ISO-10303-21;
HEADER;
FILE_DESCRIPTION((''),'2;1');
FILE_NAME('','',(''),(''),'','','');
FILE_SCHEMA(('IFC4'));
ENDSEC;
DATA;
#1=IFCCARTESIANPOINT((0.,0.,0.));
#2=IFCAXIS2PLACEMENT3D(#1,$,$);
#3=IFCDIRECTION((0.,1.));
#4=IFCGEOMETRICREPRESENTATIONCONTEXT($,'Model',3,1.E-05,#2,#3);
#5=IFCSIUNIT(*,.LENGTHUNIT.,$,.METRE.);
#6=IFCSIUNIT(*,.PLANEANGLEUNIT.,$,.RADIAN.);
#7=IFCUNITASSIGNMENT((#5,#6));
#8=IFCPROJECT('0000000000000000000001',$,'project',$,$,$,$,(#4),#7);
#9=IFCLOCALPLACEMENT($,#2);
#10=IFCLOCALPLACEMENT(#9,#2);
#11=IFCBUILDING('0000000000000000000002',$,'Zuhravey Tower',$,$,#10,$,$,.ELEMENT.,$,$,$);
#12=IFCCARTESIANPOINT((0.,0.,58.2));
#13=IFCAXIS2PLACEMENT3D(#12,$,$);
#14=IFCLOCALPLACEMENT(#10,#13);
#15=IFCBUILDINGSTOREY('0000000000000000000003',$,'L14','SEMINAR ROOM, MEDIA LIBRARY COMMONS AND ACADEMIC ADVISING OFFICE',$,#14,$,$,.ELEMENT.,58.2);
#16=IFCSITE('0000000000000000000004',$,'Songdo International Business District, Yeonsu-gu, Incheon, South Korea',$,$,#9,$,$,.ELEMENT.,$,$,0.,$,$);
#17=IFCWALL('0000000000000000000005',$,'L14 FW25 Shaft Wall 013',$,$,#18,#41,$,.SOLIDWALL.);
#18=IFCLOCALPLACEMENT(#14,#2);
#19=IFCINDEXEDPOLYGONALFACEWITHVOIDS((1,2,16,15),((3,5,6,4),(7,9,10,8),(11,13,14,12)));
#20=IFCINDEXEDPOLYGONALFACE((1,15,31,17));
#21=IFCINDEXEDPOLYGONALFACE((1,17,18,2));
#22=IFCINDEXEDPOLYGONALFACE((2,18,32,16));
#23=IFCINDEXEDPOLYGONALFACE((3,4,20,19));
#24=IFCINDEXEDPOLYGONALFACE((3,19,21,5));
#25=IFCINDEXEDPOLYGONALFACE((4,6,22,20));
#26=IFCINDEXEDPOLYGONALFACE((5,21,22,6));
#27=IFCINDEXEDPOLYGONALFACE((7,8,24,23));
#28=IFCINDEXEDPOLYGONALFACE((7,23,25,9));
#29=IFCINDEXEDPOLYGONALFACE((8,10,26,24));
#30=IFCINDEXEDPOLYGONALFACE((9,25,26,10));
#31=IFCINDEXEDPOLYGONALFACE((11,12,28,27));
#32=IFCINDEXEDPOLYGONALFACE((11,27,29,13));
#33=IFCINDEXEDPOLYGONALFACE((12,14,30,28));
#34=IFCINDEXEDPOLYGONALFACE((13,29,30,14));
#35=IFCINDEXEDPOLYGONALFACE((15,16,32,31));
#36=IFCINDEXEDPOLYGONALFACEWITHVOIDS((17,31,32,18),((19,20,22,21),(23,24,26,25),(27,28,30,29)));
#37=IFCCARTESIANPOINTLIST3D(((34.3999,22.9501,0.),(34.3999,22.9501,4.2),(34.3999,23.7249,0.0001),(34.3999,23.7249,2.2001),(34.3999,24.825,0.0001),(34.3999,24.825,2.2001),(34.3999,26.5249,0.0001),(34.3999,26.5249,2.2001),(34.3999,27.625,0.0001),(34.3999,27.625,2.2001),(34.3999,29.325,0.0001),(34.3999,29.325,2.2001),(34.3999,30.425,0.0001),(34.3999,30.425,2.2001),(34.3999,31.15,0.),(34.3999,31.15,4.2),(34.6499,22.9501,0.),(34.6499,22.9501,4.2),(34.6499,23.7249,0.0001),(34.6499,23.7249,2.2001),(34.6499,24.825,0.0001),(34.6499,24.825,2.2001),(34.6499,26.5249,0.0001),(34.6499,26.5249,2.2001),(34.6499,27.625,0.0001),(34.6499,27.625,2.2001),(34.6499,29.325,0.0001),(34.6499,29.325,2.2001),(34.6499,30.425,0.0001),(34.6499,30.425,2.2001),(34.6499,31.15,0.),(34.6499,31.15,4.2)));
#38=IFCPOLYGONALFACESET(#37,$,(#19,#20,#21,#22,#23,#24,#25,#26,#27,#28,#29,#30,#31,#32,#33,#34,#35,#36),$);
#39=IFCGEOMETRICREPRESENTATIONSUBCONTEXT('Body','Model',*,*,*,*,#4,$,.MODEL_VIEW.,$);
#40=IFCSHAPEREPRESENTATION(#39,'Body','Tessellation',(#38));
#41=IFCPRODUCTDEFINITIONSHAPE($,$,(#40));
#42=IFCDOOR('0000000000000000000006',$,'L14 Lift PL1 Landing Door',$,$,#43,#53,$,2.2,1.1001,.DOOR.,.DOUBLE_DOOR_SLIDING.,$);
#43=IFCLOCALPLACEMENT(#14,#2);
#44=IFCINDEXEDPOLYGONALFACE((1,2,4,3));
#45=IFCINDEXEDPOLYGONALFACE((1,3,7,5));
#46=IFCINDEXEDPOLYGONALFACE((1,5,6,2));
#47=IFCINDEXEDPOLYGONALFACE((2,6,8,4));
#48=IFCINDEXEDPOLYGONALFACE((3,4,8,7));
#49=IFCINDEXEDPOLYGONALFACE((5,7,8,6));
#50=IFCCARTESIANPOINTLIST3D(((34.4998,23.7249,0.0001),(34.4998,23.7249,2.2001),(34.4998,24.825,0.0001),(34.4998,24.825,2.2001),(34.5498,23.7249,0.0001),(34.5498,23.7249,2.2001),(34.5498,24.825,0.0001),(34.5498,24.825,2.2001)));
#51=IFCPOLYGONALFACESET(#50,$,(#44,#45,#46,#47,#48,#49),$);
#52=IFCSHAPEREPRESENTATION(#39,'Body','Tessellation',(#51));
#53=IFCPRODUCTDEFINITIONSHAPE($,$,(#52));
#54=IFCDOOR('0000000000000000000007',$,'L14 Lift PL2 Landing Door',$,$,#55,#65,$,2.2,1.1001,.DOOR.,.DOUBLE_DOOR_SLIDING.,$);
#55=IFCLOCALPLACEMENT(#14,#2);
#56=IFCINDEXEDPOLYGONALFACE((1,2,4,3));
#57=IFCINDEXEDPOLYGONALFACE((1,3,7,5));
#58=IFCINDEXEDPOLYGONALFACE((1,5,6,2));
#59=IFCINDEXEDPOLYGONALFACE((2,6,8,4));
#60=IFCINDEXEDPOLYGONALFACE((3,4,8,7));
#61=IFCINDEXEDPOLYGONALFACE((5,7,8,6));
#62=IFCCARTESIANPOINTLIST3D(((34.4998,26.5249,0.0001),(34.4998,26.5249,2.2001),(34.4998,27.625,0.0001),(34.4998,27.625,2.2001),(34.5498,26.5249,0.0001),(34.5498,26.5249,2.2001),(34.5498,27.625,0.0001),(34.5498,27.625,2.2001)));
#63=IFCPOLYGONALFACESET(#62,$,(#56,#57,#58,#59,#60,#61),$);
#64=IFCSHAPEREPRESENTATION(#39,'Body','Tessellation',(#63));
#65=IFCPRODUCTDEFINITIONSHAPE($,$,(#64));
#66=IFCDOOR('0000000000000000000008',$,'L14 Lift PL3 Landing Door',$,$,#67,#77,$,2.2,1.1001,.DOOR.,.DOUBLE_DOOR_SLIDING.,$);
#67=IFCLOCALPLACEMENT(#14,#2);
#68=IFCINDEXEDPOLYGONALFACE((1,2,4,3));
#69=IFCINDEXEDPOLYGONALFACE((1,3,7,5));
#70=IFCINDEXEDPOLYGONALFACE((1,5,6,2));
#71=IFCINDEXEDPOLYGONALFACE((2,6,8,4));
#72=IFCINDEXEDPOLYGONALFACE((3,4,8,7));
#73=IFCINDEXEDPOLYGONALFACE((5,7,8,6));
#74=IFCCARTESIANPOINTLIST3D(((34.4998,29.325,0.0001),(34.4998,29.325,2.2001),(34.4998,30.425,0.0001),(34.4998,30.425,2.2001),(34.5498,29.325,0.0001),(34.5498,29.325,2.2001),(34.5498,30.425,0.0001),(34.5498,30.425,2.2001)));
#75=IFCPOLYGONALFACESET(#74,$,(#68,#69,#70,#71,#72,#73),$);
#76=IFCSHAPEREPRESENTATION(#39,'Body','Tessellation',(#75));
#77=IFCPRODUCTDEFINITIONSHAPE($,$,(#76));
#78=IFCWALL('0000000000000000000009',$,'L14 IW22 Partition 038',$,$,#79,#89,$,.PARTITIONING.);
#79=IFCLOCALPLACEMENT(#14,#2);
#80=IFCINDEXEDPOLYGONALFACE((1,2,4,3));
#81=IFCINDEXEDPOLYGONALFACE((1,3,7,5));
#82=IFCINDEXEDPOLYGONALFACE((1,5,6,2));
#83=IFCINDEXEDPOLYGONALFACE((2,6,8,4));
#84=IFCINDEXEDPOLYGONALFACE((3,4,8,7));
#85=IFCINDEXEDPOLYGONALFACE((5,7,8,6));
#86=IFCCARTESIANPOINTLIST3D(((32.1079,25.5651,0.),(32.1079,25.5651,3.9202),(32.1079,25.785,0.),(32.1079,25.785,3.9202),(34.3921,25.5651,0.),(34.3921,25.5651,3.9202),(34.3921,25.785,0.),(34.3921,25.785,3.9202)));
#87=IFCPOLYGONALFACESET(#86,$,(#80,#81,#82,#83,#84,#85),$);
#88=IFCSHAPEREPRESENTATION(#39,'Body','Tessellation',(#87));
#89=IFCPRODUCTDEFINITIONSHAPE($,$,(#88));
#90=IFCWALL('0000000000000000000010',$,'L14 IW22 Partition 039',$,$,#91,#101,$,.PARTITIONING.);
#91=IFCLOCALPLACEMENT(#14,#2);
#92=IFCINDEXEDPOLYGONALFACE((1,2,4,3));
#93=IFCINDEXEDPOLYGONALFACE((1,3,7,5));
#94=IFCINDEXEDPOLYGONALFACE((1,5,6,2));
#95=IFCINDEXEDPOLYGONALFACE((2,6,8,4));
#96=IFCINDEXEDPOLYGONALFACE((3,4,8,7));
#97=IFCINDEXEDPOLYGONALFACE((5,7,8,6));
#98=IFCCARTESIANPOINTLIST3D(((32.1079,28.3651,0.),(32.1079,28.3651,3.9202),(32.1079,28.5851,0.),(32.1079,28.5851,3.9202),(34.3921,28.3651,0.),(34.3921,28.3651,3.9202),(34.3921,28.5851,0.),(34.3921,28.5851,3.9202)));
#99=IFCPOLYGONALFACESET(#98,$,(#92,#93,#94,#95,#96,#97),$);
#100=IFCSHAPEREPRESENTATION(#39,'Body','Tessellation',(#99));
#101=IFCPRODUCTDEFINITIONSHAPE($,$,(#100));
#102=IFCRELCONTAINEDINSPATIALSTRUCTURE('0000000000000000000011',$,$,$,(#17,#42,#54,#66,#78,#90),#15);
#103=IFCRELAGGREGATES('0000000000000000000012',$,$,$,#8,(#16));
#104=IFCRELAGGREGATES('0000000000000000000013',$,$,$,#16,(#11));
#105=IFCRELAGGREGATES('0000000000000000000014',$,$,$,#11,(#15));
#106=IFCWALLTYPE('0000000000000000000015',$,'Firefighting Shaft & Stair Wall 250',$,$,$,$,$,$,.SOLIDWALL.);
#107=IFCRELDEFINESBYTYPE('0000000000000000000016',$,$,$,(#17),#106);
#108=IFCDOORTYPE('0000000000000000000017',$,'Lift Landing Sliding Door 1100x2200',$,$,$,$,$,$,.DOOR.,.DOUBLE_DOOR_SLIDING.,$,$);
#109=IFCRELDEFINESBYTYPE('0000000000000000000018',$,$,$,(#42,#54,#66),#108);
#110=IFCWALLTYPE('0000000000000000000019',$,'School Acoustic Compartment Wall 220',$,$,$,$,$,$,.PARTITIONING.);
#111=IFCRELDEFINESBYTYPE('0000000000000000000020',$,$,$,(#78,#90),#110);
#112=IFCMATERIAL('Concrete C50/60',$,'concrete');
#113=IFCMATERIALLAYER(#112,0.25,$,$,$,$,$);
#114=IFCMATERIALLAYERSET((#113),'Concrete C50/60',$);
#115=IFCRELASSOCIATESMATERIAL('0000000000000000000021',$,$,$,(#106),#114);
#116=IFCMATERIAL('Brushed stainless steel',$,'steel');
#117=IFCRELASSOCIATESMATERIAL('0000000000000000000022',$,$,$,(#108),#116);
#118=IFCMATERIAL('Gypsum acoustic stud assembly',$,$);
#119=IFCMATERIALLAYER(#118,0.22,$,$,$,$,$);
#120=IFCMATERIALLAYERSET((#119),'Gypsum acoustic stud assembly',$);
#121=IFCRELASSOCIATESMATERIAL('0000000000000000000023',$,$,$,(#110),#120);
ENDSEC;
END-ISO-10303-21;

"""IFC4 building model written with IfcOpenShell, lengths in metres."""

from ifc_helpers import new_model, si_unit, direction, frame, frame_2d, origin, place, context, subcontext, project, spatial, rectangle, extrude, material, layer, layer_set, type_object, element, fill, save


model = new_model("IFC4")

# Units and contexts
model_context = context("Model", 3, precision=1e-05, world=origin(), true_north=direction((0.0, 1.0)))
body_context = subcontext(model_context, "Body", "Model", "MODEL_VIEW")
ifc_project = project(units=[si_unit("LENGTHUNIT", "METRE"), si_unit("PLANEANGLEUNIT", "RADIAN")], contexts=[model_context])

# Site, building, storey
site_placement = place(None, origin())
site = spatial("IfcSite", under=ifc_project, at=site_placement, Name="Songdo International Business District, Yeonsu-gu, Incheon, South Korea", CompositionType="ELEMENT", RefElevation=0.0)
building_placement = place(site_placement, origin())
building = spatial("IfcBuilding", under=site, at=building_placement, Name="Zuhravey Tower", CompositionType="ELEMENT")
storey_placement = place(building_placement, frame((0.0, 0.0, 58.2)))
storey = spatial("IfcBuildingStorey", under=building, at=storey_placement, Name="L14", Description="SEMINAR ROOM, MEDIA LIBRARY COMMONS AND ACADEMIC ADVISING OFFICE", CompositionType="ELEMENT", Elevation=58.2)

# Shared definitions
ifc_material_1 = material(Name="Concrete C50/60", Category="concrete")
ifc_layer_1 = layer(ifc_material_1, 0.25)
ifc_layer_set_1 = layer_set([ifc_layer_1], Name="Concrete C50/60")
wall_type_1 = type_object("IfcWallType", Name="Firefighting Shaft & Stair Wall 250", PredefinedType="SOLIDWALL", material=ifc_layer_set_1)

# Shared definitions
ifc_material_2 = material(Name="Brushed stainless steel", Category="steel")

# Wall, openings, doors
wall_1_placement = place(storey_placement, frame((34.5249, 22.95, 0.0), z_axis=(0.0, 0.0, 1.0), x_axis=(0.0, 1.0, 0.0)))
wall_1 = element("IfcWall", 1, at=wall_1_placement, inside=storey, type_object=wall_type_1, Name="L14 FW25 Shaft Wall 013", PredefinedType="SOLIDWALL", context=body_context, shape_type="SweptSolid", body=[
    extrude(rectangle(XDim=8.2, YDim=0.25, at=frame_2d((4.1001, 0.0))), origin(), (0.0, 0.0, 1.0), 4.2),
])
opening_1_placement = place(wall_1_placement, frame((0.7749, 0.0, 0.0)))
opening_1 = element("IfcOpeningElement", 2, at=opening_1_placement, cuts=wall_1, PredefinedType="OPENING", context=body_context, shape_type="SweptSolid", body=[
    extrude(rectangle(XDim=1.1001, YDim=2.2, at=frame_2d((0.55, 1.1001))), frame((0.0, 0.137, 0.0), z_axis=(0.0, -1.0, 0.0), x_axis=(1.0, 0.0, 0.0)), (0.0, 0.0, 1.0), 0.2739),
])
opening_2_placement = place(wall_1_placement, frame((3.575, 0.0, 0.0)))
opening_2 = element("IfcOpeningElement", 3, at=opening_2_placement, cuts=wall_1, PredefinedType="OPENING", context=body_context, shape_type="SweptSolid", body=[
    extrude(rectangle(XDim=1.1001, YDim=2.2, at=frame_2d((0.55, 1.1001))), frame((0.0, 0.137, 0.0), z_axis=(0.0, -1.0, 0.0), x_axis=(1.0, 0.0, 0.0)), (0.0, 0.0, 1.0), 0.2739),
])
opening_3_placement = place(wall_1_placement, frame((6.375, 0.0, 0.0)))
opening_3 = element("IfcOpeningElement", 4, at=opening_3_placement, cuts=wall_1, PredefinedType="OPENING", context=body_context, shape_type="SweptSolid", body=[
    extrude(rectangle(XDim=1.1001, YDim=2.2, at=frame_2d((0.55, 1.1001))), frame((0.0, 0.137, 0.0), z_axis=(0.0, -1.0, 0.0), x_axis=(1.0, 0.0, 0.0)), (0.0, 0.0, 1.0), 0.2739),
])
door_type_1 = type_object("IfcDoorType", Name="Lift Landing Sliding Door 1100x2200", OperationType="DOUBLE_DOOR_SLIDING", PredefinedType="DOOR", material=ifc_material_2)
door_1_placement = place(opening_1_placement, frame((1.1001, 0.0, 0.0), z_axis=(0.0, 0.0, 1.0), x_axis=(-1.0, 0.0, 0.0)))
door_1 = element("IfcDoor", 5, at=door_1_placement, inside=storey, type_object=door_type_1, Name="L14 Lift PL1 Landing Door", OperationType="DOUBLE_DOOR_SLIDING", OverallHeight=2.2, OverallWidth=1.1001, PredefinedType="DOOR", context=body_context, shape_type="SweptSolid", body=[
    extrude(rectangle(XDim=1.1001, YDim=2.2, at=frame_2d((0.55, 1.1001))), frame((0.0, 0.0249, 0.0), z_axis=(0.0, -1.0, 0.0), x_axis=(1.0, 0.0, 0.0)), (0.0, 0.0, 1.0), 0.05),
])
fill(opening_1, door_1)
door_2_placement = place(opening_2_placement, frame((1.1001, 0.0, 0.0), z_axis=(0.0, 0.0, 1.0), x_axis=(-1.0, 0.0, 0.0)))
door_2 = element("IfcDoor", 6, at=door_2_placement, inside=storey, type_object=door_type_1, Name="L14 Lift PL2 Landing Door", OperationType="DOUBLE_DOOR_SLIDING", OverallHeight=2.2, OverallWidth=1.1001, PredefinedType="DOOR", context=body_context, shape_type="SweptSolid", body=[
    extrude(rectangle(XDim=1.1001, YDim=2.2, at=frame_2d((0.55, 1.1001))), frame((0.0, 0.0249, 0.0), z_axis=(0.0, -1.0, 0.0), x_axis=(1.0, 0.0, 0.0)), (0.0, 0.0, 1.0), 0.05),
])
fill(opening_2, door_2)
door_3_placement = place(opening_3_placement, frame((1.1001, 0.0, 0.0), z_axis=(0.0, 0.0, 1.0), x_axis=(-1.0, 0.0, 0.0)))
door_3 = element("IfcDoor", 7, at=door_3_placement, inside=storey, type_object=door_type_1, Name="L14 Lift PL3 Landing Door", OperationType="DOUBLE_DOOR_SLIDING", OverallHeight=2.2, OverallWidth=1.1001, PredefinedType="DOOR", context=body_context, shape_type="SweptSolid", body=[
    extrude(rectangle(XDim=1.1001, YDim=2.2, at=frame_2d((0.55, 1.1001))), frame((0.0, 0.0249, 0.0), z_axis=(0.0, -1.0, 0.0), x_axis=(1.0, 0.0, 0.0)), (0.0, 0.0, 1.0), 0.05),
])
fill(opening_3, door_3)

# Walls
ifc_material_3 = material(Name="Gypsum acoustic stud assembly")
ifc_layer_2 = layer(ifc_material_3, 0.22)
ifc_layer_set_2 = layer_set([ifc_layer_2], Name="Gypsum acoustic stud assembly")
wall_type_2 = type_object("IfcWallType", Name="School Acoustic Compartment Wall 220", PredefinedType="PARTITIONING", material=ifc_layer_set_2)
for number, where, z_axis, x_axis, name in (
    (8, (32.1079, 25.675, 0.0), (0.0, 0.0, 1.0), (1.0, 0.0, 0.0), "L14 IW22 Partition 038"),
    (9, (32.1079, 28.4751, 0.0), (0.0, 0.0, 1.0), (1.0, 0.0, 0.0), "L14 IW22 Partition 039"),
):
    element("IfcWall", number, at=place(storey_placement, frame(where, z_axis=z_axis, x_axis=x_axis)), inside=storey, type_object=wall_type_2, Name=name, PredefinedType="PARTITIONING", context=body_context, shape_type="SweptSolid", body=[
        extrude(rectangle(XDim=2.2842, YDim=0.22, at=frame_2d((1.1421, 0.0))), origin(), (0.0, 0.0, 1.0), 3.9202),
    ])

save(model, "model.ifc")
